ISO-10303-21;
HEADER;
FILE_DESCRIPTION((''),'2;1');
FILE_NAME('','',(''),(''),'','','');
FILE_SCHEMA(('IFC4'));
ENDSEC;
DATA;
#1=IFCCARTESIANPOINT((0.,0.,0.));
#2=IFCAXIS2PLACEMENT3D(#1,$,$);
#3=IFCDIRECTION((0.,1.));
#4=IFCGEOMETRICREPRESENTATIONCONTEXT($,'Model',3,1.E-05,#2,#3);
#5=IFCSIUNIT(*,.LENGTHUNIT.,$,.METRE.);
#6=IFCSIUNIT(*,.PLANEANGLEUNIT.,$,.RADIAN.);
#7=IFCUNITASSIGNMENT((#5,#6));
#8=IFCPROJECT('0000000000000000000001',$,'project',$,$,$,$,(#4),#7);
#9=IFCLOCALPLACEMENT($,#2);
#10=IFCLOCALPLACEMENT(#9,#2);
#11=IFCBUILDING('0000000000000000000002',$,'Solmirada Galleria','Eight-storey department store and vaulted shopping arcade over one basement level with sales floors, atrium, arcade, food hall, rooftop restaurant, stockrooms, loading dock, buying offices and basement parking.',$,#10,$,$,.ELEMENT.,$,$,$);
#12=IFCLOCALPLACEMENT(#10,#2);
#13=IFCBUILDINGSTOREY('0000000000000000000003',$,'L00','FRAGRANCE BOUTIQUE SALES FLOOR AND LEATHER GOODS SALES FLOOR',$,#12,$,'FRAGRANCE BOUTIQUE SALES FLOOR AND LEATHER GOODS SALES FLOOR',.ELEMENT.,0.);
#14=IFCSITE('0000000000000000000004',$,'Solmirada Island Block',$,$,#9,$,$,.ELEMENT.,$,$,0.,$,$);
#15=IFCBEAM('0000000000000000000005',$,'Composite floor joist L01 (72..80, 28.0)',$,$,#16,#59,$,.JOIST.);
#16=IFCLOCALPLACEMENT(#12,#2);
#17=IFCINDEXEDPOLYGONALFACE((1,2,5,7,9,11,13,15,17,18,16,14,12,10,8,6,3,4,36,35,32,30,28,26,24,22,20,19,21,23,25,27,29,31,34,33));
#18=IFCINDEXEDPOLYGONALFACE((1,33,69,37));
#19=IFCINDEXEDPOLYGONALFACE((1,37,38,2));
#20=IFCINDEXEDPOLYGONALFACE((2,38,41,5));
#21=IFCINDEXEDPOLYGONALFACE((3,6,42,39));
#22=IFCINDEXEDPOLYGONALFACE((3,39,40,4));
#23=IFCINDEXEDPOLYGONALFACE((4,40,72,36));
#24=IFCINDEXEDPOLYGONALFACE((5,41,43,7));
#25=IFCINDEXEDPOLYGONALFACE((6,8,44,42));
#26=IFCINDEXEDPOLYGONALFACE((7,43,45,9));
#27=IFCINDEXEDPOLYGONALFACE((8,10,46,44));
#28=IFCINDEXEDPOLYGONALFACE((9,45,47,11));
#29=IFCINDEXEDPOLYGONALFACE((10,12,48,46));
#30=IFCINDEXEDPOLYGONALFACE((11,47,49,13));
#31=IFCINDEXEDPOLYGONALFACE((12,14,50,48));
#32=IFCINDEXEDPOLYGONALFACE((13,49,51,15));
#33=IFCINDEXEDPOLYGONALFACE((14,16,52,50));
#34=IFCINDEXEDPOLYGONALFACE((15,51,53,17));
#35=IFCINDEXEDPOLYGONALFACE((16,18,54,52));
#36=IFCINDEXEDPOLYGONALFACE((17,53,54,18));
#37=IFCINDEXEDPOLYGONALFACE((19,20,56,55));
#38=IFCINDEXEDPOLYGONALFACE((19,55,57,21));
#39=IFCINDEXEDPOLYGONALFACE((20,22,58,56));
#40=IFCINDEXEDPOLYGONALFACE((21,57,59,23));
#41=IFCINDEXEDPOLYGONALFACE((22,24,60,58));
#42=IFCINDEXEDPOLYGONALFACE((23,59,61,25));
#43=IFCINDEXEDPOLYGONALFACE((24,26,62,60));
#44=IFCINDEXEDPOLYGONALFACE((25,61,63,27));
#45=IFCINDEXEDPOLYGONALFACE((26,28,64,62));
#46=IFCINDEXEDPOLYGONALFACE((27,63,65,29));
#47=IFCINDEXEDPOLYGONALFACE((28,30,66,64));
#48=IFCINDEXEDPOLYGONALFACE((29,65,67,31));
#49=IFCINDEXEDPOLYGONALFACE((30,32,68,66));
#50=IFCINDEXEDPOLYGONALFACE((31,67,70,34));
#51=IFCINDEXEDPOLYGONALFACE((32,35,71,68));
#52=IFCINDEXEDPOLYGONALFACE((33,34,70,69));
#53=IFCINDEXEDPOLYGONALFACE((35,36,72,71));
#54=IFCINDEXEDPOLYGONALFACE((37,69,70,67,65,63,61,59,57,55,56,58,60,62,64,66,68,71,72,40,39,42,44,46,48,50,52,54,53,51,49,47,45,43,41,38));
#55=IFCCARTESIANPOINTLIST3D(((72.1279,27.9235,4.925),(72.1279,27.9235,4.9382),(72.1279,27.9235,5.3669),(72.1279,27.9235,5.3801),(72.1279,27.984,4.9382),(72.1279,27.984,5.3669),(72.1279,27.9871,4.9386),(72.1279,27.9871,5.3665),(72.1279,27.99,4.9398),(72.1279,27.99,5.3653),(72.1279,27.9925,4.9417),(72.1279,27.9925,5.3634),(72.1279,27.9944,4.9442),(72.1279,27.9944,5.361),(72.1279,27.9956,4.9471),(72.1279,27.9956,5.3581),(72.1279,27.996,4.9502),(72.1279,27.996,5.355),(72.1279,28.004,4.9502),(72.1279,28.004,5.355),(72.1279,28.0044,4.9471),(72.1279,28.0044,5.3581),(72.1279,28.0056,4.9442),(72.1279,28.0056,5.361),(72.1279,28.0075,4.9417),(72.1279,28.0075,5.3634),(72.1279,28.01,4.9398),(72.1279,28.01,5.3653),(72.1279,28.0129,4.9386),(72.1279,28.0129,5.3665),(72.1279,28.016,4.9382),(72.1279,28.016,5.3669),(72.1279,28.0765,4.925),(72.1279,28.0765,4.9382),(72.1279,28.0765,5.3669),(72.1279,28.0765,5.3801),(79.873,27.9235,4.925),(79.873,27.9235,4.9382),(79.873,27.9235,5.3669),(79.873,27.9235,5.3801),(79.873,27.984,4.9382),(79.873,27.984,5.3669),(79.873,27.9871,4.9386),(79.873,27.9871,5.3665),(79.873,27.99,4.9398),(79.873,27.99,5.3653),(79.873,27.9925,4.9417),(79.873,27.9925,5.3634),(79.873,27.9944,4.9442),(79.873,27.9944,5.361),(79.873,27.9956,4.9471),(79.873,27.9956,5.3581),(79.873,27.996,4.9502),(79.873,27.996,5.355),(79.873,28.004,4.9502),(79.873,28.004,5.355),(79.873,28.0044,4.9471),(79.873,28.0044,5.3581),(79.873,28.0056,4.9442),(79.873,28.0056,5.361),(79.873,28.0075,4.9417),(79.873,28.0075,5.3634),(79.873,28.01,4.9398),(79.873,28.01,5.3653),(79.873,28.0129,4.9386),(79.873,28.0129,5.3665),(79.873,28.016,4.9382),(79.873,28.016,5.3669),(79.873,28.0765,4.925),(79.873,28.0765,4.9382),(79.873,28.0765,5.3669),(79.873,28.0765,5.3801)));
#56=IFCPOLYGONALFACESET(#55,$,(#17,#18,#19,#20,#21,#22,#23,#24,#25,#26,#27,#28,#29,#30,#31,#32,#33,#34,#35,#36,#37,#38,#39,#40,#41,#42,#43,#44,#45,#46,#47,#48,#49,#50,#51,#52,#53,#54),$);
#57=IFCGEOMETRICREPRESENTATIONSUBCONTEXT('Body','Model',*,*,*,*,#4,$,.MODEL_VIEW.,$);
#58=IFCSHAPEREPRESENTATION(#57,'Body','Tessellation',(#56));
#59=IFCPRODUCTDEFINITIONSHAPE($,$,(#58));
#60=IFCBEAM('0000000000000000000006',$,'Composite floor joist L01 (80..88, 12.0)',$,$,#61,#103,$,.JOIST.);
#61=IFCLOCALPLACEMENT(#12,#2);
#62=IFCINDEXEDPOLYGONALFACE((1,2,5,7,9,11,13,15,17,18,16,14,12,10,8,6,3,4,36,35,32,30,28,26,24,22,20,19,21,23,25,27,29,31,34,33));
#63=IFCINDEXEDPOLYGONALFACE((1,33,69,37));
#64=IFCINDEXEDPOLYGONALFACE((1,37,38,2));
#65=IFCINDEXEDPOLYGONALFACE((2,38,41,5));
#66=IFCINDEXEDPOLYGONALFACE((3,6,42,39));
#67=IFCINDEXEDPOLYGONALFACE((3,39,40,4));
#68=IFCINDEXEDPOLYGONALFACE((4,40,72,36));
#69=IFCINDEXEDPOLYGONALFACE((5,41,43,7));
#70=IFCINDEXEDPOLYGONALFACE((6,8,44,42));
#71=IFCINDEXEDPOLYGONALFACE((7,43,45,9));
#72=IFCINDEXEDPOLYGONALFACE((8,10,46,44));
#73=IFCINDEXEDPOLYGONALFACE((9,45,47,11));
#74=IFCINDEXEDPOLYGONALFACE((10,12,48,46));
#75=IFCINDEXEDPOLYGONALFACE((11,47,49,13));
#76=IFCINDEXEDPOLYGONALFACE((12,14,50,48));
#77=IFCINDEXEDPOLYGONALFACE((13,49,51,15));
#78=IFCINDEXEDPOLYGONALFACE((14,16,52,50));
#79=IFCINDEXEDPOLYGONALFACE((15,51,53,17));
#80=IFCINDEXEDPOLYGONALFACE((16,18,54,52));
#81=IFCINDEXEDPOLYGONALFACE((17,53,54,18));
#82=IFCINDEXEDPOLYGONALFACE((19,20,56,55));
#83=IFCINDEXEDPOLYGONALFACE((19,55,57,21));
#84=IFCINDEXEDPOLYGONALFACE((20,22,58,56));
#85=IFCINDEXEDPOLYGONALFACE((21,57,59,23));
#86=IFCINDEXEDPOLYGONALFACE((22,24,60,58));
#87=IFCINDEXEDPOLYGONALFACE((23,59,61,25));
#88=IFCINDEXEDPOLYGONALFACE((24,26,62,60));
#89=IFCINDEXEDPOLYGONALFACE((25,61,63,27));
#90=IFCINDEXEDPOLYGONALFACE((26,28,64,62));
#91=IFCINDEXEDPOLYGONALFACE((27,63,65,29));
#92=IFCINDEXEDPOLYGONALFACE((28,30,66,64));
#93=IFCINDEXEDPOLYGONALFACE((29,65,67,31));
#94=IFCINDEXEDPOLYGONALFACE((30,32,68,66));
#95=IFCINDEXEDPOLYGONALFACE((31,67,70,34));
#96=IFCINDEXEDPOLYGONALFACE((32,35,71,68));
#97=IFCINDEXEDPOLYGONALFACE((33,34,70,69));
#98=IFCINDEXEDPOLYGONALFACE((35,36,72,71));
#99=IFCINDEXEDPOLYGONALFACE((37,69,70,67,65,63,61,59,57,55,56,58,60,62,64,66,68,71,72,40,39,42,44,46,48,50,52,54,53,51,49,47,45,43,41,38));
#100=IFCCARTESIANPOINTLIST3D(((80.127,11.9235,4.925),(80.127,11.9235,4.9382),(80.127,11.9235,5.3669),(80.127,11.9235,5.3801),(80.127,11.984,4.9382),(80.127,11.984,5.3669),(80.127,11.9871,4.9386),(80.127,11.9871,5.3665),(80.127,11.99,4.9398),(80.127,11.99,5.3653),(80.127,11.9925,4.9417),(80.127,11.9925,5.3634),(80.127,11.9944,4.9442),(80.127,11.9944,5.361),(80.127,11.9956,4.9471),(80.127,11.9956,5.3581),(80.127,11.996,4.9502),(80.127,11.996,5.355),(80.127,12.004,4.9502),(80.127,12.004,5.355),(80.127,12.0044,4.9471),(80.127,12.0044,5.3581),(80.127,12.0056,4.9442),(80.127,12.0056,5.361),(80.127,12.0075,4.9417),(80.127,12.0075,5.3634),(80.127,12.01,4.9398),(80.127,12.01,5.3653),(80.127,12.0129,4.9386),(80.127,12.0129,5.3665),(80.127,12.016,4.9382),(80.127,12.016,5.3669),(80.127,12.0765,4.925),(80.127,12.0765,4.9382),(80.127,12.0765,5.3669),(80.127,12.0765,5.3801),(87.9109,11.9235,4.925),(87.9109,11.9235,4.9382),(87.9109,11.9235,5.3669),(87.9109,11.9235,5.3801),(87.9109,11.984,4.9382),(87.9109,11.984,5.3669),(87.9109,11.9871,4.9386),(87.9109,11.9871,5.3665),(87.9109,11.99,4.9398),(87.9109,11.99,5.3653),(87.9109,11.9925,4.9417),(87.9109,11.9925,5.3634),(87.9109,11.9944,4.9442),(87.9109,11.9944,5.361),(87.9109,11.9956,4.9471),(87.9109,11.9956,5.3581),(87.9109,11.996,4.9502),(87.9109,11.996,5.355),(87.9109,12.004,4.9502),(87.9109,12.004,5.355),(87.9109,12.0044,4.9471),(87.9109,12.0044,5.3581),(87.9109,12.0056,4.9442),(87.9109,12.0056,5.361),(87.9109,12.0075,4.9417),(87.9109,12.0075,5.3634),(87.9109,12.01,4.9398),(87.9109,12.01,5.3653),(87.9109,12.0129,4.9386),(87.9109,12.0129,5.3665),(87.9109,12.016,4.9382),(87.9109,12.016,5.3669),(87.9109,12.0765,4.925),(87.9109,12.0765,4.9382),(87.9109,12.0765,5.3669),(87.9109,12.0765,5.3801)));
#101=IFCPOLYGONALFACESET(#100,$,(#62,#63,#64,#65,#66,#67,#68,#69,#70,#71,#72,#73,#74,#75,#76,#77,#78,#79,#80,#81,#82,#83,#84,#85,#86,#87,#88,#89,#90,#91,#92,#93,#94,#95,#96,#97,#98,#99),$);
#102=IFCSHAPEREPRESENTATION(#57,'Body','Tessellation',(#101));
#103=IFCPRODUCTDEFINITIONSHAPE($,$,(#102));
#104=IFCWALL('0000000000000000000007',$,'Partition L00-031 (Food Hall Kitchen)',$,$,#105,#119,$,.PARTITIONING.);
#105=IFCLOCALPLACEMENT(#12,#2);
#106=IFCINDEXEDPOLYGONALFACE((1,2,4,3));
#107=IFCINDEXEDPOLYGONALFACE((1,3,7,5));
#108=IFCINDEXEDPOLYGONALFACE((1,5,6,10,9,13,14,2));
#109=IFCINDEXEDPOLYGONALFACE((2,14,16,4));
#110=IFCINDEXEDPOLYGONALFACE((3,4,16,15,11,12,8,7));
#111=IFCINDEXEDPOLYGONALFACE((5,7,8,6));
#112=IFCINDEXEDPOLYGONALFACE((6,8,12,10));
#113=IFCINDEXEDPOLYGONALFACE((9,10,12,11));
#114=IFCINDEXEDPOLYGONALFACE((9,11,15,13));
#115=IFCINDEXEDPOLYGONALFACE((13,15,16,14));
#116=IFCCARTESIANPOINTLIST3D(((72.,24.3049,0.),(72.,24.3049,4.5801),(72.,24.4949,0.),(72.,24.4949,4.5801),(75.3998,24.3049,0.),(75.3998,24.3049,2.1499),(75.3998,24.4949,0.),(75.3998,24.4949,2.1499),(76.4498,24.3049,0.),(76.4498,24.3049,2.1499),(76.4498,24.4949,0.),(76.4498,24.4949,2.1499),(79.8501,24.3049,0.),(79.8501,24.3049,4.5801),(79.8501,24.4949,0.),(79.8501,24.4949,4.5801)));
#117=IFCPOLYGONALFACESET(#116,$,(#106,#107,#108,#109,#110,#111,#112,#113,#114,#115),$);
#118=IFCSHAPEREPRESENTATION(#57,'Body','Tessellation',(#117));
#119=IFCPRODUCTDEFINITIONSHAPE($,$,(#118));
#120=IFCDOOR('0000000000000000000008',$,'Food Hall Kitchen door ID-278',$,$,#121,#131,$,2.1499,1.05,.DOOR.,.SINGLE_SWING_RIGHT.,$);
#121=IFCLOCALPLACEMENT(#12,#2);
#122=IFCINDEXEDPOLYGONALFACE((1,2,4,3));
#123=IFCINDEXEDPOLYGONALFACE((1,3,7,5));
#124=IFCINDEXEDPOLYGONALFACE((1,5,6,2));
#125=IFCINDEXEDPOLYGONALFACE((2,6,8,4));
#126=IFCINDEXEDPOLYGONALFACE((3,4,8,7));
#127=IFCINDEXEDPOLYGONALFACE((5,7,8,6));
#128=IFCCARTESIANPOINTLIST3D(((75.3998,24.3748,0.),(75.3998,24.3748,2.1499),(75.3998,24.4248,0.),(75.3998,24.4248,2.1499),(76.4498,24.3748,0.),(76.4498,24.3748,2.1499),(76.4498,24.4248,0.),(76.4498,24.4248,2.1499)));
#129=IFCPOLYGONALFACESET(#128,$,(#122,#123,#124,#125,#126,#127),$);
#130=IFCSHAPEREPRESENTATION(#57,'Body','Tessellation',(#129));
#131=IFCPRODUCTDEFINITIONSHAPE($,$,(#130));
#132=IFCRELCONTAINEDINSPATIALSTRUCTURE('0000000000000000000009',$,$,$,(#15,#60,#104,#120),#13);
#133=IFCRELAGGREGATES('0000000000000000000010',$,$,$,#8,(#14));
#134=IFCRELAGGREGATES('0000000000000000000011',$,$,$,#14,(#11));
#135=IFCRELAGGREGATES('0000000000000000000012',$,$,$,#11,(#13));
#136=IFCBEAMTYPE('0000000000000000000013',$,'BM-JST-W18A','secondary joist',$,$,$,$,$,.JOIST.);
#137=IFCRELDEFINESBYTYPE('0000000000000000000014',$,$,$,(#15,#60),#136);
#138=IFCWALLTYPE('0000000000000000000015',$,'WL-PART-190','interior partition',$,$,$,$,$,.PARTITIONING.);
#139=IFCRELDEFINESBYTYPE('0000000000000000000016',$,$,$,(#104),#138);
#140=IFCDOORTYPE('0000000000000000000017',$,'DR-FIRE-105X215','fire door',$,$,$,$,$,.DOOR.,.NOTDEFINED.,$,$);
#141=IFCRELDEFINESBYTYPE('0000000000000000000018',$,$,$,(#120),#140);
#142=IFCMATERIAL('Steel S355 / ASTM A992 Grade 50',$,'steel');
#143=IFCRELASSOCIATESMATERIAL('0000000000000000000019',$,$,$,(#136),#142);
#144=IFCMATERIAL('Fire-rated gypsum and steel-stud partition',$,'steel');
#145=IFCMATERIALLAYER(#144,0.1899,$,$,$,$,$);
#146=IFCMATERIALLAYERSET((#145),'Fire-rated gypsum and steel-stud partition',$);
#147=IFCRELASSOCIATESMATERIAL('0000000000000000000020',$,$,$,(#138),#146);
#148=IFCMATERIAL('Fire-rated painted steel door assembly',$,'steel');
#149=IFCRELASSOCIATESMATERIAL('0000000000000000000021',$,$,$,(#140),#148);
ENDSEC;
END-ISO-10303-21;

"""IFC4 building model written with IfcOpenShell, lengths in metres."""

from ifc_helpers import new_model, si_unit, direction, frame, frame_2d, origin, origin_2d, place, context, subcontext, project, spatial, rectangle, i_section, extrude, material, layer, layer_set, material_profile, profile_set, type_object, element, fill, save


model = new_model("IFC4")

# Units and contexts
model_context = context("Model", 3, precision=1e-05, world=origin(), true_north=direction((0.0, 1.0)))
body_context = subcontext(model_context, "Body", "Model", "MODEL_VIEW")
ifc_project = project(units=[si_unit("LENGTHUNIT", "METRE"), si_unit("PLANEANGLEUNIT", "RADIAN")], contexts=[model_context])

# Site, building, storey
site_placement = place(None, origin())
site = spatial("IfcSite", under=ifc_project, at=site_placement, Name="Solmirada Island Block", CompositionType="ELEMENT", RefElevation=0.0)
building_placement = place(site_placement, origin())
building = spatial("IfcBuilding", under=site, at=building_placement, Name="Solmirada Galleria", Description="Eight-storey department store and vaulted shopping arcade over one basement level with sales floors, atrium, arcade, food hall, rooftop restaurant, stockrooms, loading dock, buying offices and basement parking.", CompositionType="ELEMENT")
storey_placement = place(building_placement, origin())
storey = spatial("IfcBuildingStorey", under=building, at=storey_placement, Name="L00", Description="FRAGRANCE BOUTIQUE SALES FLOOR AND LEATHER GOODS SALES FLOOR", LongName="FRAGRANCE BOUTIQUE SALES FLOOR AND LEATHER GOODS SALES FLOOR", CompositionType="ELEMENT", Elevation=0.0)

# Beams
ifc_material_1 = material(Name="Steel S355 / ASTM A992 Grade 50", Category="steel")
ifc_material_profile_1 = material_profile(ifc_material_1, i_section(OverallWidth=0.1531, OverallDepth=0.4551, WebThickness=0.0081, FlangeThickness=0.0132, FilletRadius=0.012, at=origin_2d()), Name="W18X40")
ifc_profile_set_1 = profile_set([ifc_material_profile_1], Name="Steel S355 / ASTM A992 Grade 50")
beam_type_1 = type_object("IfcBeamType", Name="BM-JST-W18A", Description="secondary joist", PredefinedType="JOIST", material=ifc_profile_set_1)
for number, where, z_axis, x_axis, name in (
    (1, (72.1279, 28.0, 5.1526), (1.0, 0.0, 0.0), (0.0, 1.0, 0.0), "Composite floor joist L01 (72..80, 28.0)"),
):
    element("IfcBeam", number, at=place(storey_placement, frame(where, z_axis=z_axis, x_axis=x_axis)), inside=storey, type_object=beam_type_1, Name=name, PredefinedType="JOIST", context=body_context, shape_type="SweptSolid", body=[
        extrude(i_section(OverallWidth=0.1531, OverallDepth=0.4551, WebThickness=0.0081, FlangeThickness=0.0132, FilletRadius=0.012, at=origin_2d()), origin(), (0.0, 0.0, 1.0), 7.7451),
    ])
beam_1_placement = place(storey_placement, frame((80.127, 12.0, 5.1526), z_axis=(1.0, 0.0, 0.0), x_axis=(0.0, 1.0, 0.0)))
element("IfcBeam", 2, at=beam_1_placement, inside=storey, type_object=beam_type_1, Name="Composite floor joist L01 (80..88, 12.0)", PredefinedType="JOIST", context=body_context, shape_type="SweptSolid", body=[
    extrude(i_section(OverallWidth=0.1531, OverallDepth=0.4551, WebThickness=0.0081, FlangeThickness=0.0132, FilletRadius=0.012, at=origin_2d()), origin(), (0.0, 0.0, 1.0), 7.7839),
])

# Wall, opening, door
ifc_material_2 = material(Name="Fire-rated gypsum and steel-stud partition", Category="steel")
ifc_layer = layer(ifc_material_2, 0.1899)
ifc_layer_set = layer_set([ifc_layer], Name="Fire-rated gypsum and steel-stud partition")
wall_type = type_object("IfcWallType", Name="WL-PART-190", Description="interior partition", PredefinedType="PARTITIONING", material=ifc_layer_set)
wall_placement = place(storey_placement, frame((72.0, 24.3999, 0.0), z_axis=(0.0, 0.0, 1.0), x_axis=(1.0, 0.0, 0.0)))
wall = element("IfcWall", 3, at=wall_placement, inside=storey, type_object=wall_type, Name="Partition L00-031 (Food Hall Kitchen)", PredefinedType="PARTITIONING", context=body_context, shape_type="SweptSolid", body=[
    extrude(rectangle(XDim=7.8501, YDim=0.1899, at=frame_2d((3.925, 0.0))), origin(), (0.0, 0.0, 1.0), 4.5801),
])
opening_placement = place(wall_placement, frame((3.3999, 0.0, 0.0)))
opening = element("IfcOpeningElement", 4, at=opening_placement, cuts=wall, PredefinedType="OPENING", context=body_context, shape_type="SweptSolid", body=[
    extrude(rectangle(XDim=1.05, YDim=2.1499, at=frame_2d((0.5249, 1.075))), frame((0.0, 0.105, 0.0), z_axis=(0.0, -1.0, 0.0), x_axis=(1.0, 0.0, 0.0)), (0.0, 0.0, 1.0), 0.21),
])
ifc_material_3 = material(Name="Fire-rated painted steel door assembly", Category="steel")
door_type = type_object("IfcDoorType", Name="DR-FIRE-105X215", Description="fire door", OperationType="NOTDEFINED", PredefinedType="DOOR", material=ifc_material_3)
door_placement = place(opening_placement, origin())
door = element("IfcDoor", 5, at=door_placement, inside=storey, type_object=door_type, Name="Food Hall Kitchen door ID-278", OperationType="SINGLE_SWING_RIGHT", OverallHeight=2.1499, OverallWidth=1.05, PredefinedType="DOOR", context=body_context, shape_type="SweptSolid", body=[
    extrude(rectangle(XDim=1.05, YDim=2.1499, at=frame_2d((0.5249, 1.075))), frame((0.0, 0.0249, 0.0), z_axis=(0.0, -1.0, 0.0), x_axis=(1.0, 0.0, 0.0)), (0.0, 0.0, 1.0), 0.05),
])
fill(opening, door)

save(model, "model.ifc")
